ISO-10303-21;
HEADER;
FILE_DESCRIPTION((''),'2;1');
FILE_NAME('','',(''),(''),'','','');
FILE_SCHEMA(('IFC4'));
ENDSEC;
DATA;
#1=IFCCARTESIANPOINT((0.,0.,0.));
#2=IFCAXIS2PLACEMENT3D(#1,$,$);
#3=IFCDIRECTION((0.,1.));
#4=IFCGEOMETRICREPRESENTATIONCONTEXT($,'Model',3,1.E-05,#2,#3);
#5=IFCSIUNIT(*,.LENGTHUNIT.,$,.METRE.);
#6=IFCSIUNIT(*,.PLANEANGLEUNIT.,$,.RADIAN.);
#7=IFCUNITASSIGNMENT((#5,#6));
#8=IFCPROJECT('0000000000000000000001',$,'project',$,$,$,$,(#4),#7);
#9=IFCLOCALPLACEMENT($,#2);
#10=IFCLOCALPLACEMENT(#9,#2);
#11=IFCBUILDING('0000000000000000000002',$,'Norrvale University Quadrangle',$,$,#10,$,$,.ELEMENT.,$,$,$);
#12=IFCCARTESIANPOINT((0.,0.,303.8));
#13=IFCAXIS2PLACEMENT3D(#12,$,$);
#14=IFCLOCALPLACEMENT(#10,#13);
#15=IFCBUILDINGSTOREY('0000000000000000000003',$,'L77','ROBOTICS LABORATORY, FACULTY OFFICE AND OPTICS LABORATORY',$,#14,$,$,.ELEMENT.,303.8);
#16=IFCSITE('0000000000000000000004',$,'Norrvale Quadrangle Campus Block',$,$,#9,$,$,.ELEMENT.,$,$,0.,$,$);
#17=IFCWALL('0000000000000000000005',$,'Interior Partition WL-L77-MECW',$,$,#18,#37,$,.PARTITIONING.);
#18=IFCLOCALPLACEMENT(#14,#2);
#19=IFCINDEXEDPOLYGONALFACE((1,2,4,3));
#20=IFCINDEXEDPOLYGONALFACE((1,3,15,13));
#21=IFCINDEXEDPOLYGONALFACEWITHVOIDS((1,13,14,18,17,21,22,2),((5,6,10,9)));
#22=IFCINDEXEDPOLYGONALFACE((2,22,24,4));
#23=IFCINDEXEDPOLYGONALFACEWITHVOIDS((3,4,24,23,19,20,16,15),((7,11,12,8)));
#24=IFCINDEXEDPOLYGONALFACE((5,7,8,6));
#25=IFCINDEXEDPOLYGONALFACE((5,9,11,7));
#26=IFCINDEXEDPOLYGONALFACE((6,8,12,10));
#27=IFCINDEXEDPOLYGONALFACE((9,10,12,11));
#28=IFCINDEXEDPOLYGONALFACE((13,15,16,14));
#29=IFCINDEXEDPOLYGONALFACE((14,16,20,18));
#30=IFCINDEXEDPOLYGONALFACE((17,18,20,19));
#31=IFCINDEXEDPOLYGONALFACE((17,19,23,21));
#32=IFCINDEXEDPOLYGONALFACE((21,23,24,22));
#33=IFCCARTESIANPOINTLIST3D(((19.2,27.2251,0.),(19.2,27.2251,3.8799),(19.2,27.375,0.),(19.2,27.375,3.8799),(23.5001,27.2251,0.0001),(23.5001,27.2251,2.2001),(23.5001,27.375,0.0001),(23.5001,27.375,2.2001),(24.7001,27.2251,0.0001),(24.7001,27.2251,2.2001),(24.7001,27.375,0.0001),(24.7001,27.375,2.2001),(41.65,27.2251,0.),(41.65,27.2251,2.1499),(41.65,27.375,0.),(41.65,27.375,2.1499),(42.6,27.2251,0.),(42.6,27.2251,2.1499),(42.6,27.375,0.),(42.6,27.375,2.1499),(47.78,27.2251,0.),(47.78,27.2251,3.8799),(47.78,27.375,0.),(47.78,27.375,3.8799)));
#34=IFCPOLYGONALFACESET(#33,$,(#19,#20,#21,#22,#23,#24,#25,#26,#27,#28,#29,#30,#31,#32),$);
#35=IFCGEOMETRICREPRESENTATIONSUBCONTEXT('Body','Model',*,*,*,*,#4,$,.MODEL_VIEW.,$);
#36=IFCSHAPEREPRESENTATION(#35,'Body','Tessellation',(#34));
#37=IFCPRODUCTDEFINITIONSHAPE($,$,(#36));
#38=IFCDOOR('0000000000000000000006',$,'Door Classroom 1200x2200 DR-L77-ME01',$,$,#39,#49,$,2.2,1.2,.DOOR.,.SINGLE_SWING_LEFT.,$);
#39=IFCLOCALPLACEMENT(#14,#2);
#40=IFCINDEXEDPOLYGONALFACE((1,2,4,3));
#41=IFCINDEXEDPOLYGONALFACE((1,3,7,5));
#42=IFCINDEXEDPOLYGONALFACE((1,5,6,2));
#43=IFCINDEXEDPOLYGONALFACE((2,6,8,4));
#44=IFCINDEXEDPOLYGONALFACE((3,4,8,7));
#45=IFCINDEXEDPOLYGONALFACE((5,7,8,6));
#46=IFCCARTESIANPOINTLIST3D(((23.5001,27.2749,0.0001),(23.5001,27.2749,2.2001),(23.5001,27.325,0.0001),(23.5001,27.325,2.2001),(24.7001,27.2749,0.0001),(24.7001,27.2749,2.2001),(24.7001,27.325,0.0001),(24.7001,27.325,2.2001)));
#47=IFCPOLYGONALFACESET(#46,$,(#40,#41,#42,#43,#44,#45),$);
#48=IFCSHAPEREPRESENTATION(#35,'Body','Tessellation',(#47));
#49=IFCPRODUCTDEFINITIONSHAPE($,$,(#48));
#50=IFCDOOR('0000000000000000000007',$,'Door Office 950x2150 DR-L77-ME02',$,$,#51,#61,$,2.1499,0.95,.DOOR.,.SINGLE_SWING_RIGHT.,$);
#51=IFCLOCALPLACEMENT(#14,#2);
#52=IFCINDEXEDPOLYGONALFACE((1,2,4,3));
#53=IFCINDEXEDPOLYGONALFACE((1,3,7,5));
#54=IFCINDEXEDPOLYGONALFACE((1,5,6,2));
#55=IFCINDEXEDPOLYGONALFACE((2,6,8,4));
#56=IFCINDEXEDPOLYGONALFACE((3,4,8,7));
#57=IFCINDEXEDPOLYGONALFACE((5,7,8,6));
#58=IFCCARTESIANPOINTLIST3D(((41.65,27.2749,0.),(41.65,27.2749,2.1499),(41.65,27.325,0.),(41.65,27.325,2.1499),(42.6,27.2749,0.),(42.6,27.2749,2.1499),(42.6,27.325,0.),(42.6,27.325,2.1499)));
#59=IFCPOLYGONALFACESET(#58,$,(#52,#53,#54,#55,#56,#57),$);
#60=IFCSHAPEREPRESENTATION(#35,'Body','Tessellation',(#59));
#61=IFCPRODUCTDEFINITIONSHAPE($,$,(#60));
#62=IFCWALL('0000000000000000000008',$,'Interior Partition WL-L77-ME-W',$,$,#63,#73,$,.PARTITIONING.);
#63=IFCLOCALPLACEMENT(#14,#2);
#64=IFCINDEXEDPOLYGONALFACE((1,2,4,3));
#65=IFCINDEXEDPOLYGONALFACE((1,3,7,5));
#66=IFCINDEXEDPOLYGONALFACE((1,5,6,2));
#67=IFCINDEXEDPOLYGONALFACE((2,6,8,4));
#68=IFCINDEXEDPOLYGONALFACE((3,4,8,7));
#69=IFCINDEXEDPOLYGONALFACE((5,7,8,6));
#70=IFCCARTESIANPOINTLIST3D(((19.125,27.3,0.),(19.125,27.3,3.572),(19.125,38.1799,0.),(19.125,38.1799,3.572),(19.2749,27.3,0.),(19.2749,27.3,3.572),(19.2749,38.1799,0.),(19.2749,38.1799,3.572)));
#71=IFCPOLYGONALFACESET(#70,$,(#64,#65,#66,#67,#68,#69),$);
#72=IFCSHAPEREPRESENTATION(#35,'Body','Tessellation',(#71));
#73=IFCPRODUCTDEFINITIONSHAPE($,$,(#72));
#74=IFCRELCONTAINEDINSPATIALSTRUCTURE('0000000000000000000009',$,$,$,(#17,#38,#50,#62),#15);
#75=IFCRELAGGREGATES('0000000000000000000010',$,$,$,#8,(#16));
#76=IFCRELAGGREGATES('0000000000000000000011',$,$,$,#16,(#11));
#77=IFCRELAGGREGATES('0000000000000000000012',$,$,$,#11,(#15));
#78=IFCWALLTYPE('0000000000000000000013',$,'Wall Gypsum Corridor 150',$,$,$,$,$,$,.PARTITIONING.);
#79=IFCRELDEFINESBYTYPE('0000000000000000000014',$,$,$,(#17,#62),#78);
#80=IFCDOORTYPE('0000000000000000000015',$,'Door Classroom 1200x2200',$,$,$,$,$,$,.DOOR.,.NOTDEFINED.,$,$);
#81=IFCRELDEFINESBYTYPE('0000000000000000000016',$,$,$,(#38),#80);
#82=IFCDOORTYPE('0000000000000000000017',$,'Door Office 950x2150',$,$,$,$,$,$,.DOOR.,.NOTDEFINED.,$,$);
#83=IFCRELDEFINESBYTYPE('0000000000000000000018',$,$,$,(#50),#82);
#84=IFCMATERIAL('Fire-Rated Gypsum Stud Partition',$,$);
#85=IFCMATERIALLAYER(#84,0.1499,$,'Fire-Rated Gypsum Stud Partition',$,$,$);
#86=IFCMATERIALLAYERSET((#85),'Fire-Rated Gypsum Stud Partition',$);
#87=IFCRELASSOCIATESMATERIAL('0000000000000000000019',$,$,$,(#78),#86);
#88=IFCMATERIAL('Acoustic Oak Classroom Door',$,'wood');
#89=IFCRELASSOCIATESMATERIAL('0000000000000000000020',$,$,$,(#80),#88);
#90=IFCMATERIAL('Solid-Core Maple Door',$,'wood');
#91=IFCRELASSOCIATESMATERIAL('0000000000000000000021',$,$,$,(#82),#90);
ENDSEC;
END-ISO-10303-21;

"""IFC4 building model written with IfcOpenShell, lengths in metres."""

from ifc_helpers import new_model, si_unit, direction, frame, frame_2d, origin, place, context, subcontext, project, spatial, rectangle, extrude, material, layer, layer_set, type_object, element, fill, save


model = new_model("IFC4")

# Units and contexts
model_context = context("Model", 3, precision=1e-05, world=origin(), true_north=direction((0.0, 1.0)))
body_context = subcontext(model_context, "Body", "Model", "MODEL_VIEW")
ifc_project = project(units=[si_unit("LENGTHUNIT", "METRE"), si_unit("PLANEANGLEUNIT", "RADIAN")], contexts=[model_context])

# Site, building, storey
site_placement = place(None, origin())
site = spatial("IfcSite", under=ifc_project, at=site_placement, Name="Norrvale Quadrangle Campus Block", CompositionType="ELEMENT", RefElevation=0.0)
building_placement = place(site_placement, origin())
building = spatial("IfcBuilding", under=site, at=building_placement, Name="Norrvale University Quadrangle", CompositionType="ELEMENT")
storey_placement = place(building_placement, frame((0.0, 0.0, 303.8)))
storey = spatial("IfcBuildingStorey", under=building, at=storey_placement, Name="L77", Description="ROBOTICS LABORATORY, FACULTY OFFICE AND OPTICS LABORATORY", CompositionType="ELEMENT", Elevation=303.8)

# Shared definitions
ifc_material_1 = material(Name="Fire-Rated Gypsum Stud Partition")
ifc_layer_1 = layer(ifc_material_1, 0.1499, Name="Fire-Rated Gypsum Stud Partition")
ifc_layer_set_1 = layer_set([ifc_layer_1], Name="Fire-Rated Gypsum Stud Partition")
wall_type_1 = type_object("IfcWallType", Name="Wall Gypsum Corridor 150", PredefinedType="PARTITIONING", material=ifc_layer_set_1)

# Wall, openings, doors
wall_1_placement = place(storey_placement, frame((19.2, 27.3, 0.0), z_axis=(0.0, 0.0, 1.0), x_axis=(1.0, 0.0, 0.0)))
wall_1 = element("IfcWall", 1, at=wall_1_placement, inside=storey, type_object=wall_type_1, Name="Interior Partition WL-L77-MECW", PredefinedType="PARTITIONING", context=body_context, shape_type="SweptSolid", body=[
    extrude(rectangle(XDim=28.5801, YDim=0.1499, at=frame_2d((14.29, 0.0))), origin(), (0.0, 0.0, 1.0), 3.8799),
])
opening_1_placement = place(wall_1_placement, frame((4.3, 0.0, 0.0)))
opening_1 = element("IfcOpeningElement", 2, at=opening_1_placement, cuts=wall_1, PredefinedType="OPENING", context=body_context, shape_type="SweptSolid", body=[
    extrude(rectangle(XDim=1.2, YDim=2.2, at=frame_2d((0.6001, 1.1001))), frame((0.0, 0.0869, 0.0), z_axis=(0.0, -1.0, 0.0), x_axis=(1.0, 0.0, 0.0)), (0.0, 0.0, 1.0), 0.1738),
])
opening_2_placement = place(wall_1_placement, frame((22.45, 0.0, 0.0)))
opening_2 = element("IfcOpeningElement", 3, at=opening_2_placement, cuts=wall_1, PredefinedType="OPENING", context=body_context, shape_type="SweptSolid", body=[
    extrude(rectangle(XDim=0.95, YDim=2.1499, at=frame_2d((0.4751, 1.075))), frame((0.0, 0.0869, 0.0), z_axis=(0.0, -1.0, 0.0), x_axis=(1.0, 0.0, 0.0)), (0.0, 0.0, 1.0), 0.1738),
])
ifc_material_2 = material(Name="Acoustic Oak Classroom Door", Category="wood")
door_type_1 = type_object("IfcDoorType", Name="Door Classroom 1200x2200", OperationType="NOTDEFINED", PredefinedType="DOOR", material=ifc_material_2)
door_1_placement = place(opening_1_placement, origin())
door_1 = element("IfcDoor", 4, at=door_1_placement, inside=storey, type_object=door_type_1, Name="Door Classroom 1200x2200 DR-L77-ME01", OperationType="SINGLE_SWING_LEFT", OverallHeight=2.2, OverallWidth=1.2, PredefinedType="DOOR", context=body_context, shape_type="SweptSolid", body=[
    extrude(rectangle(XDim=1.2, YDim=2.2, at=frame_2d((0.6001, 1.1001))), frame((0.0, 0.0249, 0.0), z_axis=(0.0, -1.0, 0.0), x_axis=(1.0, 0.0, 0.0)), (0.0, 0.0, 1.0), 0.05),
])
fill(opening_1, door_1)
ifc_material_3 = material(Name="Solid-Core Maple Door", Category="wood")
door_type_2 = type_object("IfcDoorType", Name="Door Office 950x2150", OperationType="NOTDEFINED", PredefinedType="DOOR", material=ifc_material_3)
door_2_placement = place(opening_2_placement, origin())
door_2 = element("IfcDoor", 5, at=door_2_placement, inside=storey, type_object=door_type_2, Name="Door Office 950x2150 DR-L77-ME02", OperationType="SINGLE_SWING_RIGHT", OverallHeight=2.1499, OverallWidth=0.95, PredefinedType="DOOR", context=body_context, shape_type="SweptSolid", body=[
    extrude(rectangle(XDim=0.95, YDim=2.1499, at=frame_2d((0.4751, 1.075))), frame((0.0, 0.0249, 0.0), z_axis=(0.0, -1.0, 0.0), x_axis=(1.0, 0.0, 0.0)), (0.0, 0.0, 1.0), 0.05),
])
fill(opening_2, door_2)

# Wall
wall_2_placement = place(storey_placement, frame((19.2, 27.3, 0.0), z_axis=(0.0, 0.0, 1.0), x_axis=(0.0, 1.0, 0.0)))
element("IfcWall", 6, at=wall_2_placement, inside=storey, type_object=wall_type_1, Name="Interior Partition WL-L77-ME-W", PredefinedType="PARTITIONING", context=body_context, shape_type="SweptSolid", body=[
    extrude(rectangle(XDim=10.8799, YDim=0.1499, at=frame_2d((5.4399, 0.0))), origin(), (0.0, 0.0, 1.0), 3.572),
])

save(model, "model.ifc")
